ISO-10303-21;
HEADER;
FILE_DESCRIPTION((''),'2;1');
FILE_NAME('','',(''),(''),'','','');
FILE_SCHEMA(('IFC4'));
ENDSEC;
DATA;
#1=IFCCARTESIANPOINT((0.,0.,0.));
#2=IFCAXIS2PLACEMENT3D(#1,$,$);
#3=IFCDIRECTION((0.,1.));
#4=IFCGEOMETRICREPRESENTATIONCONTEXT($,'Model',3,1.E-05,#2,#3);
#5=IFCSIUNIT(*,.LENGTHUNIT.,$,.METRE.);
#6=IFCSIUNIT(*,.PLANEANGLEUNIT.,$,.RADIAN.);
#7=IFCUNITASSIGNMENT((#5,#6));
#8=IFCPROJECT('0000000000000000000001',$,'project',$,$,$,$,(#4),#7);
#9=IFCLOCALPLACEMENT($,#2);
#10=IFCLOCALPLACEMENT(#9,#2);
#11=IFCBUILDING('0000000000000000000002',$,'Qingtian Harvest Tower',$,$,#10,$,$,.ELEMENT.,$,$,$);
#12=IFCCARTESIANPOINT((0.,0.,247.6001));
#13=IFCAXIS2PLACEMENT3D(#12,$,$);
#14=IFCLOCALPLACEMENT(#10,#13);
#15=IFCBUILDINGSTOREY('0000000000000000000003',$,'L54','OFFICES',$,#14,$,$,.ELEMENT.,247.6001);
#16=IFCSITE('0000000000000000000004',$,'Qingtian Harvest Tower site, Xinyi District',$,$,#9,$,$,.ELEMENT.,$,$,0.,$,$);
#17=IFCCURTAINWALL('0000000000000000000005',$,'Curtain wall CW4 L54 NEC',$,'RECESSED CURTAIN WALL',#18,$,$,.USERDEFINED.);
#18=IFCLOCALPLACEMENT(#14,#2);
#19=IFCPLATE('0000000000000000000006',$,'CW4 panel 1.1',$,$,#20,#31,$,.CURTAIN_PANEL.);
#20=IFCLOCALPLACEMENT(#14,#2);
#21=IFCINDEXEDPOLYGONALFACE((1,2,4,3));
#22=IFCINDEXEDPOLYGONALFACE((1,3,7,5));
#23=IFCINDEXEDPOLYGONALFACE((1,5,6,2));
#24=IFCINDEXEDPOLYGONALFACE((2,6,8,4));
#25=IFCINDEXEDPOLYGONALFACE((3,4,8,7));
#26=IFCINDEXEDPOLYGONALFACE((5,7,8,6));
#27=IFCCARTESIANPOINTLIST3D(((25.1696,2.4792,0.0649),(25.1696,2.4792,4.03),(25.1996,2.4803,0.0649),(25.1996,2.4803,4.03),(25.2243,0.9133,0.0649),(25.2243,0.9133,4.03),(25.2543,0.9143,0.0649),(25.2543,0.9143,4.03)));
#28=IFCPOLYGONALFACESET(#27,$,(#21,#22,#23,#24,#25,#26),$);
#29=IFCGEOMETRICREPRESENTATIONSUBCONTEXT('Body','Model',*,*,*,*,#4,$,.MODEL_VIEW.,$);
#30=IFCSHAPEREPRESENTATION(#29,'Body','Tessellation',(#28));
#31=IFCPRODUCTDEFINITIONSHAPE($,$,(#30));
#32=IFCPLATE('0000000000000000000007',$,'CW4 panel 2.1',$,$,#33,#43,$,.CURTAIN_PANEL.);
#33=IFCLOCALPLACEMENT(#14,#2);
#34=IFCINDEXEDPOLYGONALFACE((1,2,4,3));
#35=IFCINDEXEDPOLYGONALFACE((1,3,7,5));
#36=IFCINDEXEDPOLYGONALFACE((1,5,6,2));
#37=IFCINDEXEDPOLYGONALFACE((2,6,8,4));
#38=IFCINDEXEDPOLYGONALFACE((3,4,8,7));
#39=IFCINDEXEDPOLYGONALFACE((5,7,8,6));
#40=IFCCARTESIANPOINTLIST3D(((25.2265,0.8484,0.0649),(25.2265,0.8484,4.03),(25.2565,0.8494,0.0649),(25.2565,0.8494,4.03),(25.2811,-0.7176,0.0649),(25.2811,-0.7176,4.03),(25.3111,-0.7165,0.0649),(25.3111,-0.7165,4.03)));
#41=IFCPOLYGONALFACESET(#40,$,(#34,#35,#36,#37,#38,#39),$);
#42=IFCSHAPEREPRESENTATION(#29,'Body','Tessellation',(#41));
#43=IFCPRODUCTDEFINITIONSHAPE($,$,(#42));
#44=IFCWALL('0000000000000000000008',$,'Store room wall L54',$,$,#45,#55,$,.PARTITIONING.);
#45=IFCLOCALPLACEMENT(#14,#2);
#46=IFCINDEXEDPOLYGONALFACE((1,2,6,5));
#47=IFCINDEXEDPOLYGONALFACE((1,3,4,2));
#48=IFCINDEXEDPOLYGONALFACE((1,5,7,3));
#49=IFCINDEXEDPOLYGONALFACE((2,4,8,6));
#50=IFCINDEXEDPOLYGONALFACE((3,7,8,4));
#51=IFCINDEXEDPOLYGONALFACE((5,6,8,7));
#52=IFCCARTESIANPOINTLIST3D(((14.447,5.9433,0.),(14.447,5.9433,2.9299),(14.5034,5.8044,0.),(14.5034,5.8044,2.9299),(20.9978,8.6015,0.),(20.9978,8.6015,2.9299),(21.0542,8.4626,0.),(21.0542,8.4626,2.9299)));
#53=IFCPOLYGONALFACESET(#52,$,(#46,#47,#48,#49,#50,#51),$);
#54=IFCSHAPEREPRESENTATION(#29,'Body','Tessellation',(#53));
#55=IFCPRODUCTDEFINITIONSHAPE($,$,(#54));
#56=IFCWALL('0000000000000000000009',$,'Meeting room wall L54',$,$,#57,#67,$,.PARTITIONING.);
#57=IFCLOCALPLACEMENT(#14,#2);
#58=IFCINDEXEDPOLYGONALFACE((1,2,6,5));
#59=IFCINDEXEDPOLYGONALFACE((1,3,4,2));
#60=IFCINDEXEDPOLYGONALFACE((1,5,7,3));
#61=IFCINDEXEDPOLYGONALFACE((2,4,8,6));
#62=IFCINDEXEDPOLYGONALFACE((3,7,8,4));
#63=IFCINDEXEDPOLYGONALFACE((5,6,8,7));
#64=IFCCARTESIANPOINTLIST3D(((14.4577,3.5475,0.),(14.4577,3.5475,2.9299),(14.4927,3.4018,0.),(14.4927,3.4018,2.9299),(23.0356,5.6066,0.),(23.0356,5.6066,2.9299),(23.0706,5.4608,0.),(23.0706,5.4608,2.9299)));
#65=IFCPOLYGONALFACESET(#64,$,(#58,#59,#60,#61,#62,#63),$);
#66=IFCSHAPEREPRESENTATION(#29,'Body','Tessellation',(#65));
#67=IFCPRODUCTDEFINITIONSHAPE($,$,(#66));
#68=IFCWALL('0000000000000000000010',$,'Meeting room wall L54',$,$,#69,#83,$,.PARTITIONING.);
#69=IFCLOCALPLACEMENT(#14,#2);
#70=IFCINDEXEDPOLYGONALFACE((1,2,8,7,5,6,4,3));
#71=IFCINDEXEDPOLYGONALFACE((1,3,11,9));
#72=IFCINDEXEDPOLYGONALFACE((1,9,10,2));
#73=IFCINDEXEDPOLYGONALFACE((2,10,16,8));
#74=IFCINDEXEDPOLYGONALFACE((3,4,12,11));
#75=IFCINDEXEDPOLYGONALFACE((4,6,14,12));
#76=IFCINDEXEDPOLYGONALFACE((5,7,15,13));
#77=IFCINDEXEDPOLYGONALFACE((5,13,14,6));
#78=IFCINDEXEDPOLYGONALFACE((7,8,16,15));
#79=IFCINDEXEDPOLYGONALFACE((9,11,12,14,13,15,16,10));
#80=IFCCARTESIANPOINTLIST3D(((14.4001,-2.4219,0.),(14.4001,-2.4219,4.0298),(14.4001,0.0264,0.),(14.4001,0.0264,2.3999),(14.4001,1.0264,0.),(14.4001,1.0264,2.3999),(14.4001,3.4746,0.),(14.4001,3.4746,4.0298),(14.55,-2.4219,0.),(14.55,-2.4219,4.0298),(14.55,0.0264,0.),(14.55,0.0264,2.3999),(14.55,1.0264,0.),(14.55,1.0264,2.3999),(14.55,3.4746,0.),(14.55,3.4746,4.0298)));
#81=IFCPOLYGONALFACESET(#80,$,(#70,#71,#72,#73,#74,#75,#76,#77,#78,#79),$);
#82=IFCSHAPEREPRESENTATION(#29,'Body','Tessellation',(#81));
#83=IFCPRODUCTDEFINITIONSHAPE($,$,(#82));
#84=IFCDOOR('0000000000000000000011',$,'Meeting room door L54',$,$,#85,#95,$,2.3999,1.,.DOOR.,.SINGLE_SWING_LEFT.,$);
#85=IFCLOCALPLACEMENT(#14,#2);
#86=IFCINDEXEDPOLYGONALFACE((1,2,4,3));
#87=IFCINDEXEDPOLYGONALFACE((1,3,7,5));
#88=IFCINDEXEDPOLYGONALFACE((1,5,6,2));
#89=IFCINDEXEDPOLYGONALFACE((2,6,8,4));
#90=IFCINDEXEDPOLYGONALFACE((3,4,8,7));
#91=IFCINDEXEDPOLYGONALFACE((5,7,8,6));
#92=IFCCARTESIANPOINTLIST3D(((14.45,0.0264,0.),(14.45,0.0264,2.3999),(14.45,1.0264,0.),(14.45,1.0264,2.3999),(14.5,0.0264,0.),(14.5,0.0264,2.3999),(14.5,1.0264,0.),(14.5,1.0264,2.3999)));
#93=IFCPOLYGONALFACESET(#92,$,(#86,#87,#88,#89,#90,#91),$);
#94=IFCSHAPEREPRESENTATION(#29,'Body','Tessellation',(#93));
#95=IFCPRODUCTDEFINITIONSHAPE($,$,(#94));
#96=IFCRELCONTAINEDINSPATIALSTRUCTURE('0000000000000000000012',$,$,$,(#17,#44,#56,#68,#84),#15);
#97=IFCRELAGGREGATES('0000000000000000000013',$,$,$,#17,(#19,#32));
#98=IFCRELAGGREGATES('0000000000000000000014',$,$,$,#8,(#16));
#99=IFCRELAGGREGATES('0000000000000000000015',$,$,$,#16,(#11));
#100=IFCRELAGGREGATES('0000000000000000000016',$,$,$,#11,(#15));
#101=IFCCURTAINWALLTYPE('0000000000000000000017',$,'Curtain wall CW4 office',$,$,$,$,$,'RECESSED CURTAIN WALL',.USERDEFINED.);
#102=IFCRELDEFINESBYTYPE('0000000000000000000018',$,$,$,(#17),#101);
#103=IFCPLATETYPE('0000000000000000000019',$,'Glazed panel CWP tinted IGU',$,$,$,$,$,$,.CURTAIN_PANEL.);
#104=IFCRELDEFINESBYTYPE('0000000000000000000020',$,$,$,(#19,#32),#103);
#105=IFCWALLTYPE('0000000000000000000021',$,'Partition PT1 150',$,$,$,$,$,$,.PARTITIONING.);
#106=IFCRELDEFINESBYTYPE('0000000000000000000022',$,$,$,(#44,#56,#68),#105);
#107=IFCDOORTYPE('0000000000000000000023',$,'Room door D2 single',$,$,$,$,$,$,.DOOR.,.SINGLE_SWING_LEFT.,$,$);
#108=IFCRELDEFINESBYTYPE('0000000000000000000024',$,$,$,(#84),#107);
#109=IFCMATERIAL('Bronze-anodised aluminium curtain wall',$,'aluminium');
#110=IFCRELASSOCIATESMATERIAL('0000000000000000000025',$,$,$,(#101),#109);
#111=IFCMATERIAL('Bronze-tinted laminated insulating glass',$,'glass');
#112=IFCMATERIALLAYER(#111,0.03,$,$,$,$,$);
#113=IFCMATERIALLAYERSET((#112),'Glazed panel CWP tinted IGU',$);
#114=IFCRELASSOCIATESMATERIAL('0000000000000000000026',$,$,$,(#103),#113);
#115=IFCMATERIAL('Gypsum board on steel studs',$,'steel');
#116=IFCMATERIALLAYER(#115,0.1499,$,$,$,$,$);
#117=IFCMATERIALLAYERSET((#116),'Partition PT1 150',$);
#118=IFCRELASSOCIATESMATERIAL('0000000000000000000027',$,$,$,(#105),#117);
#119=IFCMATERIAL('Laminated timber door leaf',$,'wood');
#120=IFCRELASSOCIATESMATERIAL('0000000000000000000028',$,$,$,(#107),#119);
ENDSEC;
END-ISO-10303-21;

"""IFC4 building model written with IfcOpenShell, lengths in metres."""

from ifc_helpers import new_model, si_unit, direction, frame, frame_2d, origin, origin_2d, place, context, subcontext, project, spatial, rectangle, extrude, material, layer, layer_set, type_object, element, fill, aggregate, save


model = new_model("IFC4")

# Units and contexts
model_context = context("Model", 3, precision=1e-05, world=origin(), true_north=direction((0.0, 1.0)))
body_context = subcontext(model_context, "Body", "Model", "MODEL_VIEW")
ifc_project = project(units=[si_unit("LENGTHUNIT", "METRE"), si_unit("PLANEANGLEUNIT", "RADIAN")], contexts=[model_context])

# Site, building, storey
site_placement = place(None, origin())
site = spatial("IfcSite", under=ifc_project, at=site_placement, Name="Qingtian Harvest Tower site, Xinyi District", CompositionType="ELEMENT", RefElevation=0.0)
building_placement = place(site_placement, origin())
building = spatial("IfcBuilding", under=site, at=building_placement, Name="Qingtian Harvest Tower", CompositionType="ELEMENT")
storey_placement = place(building_placement, frame((0.0, 0.0, 247.6001)))
storey = spatial("IfcBuildingStorey", under=building, at=storey_placement, Name="L54", Description="OFFICES", CompositionType="ELEMENT", Elevation=247.6001)

# Curtain wall
ifc_material_1 = material(Name="Bronze-anodised aluminium curtain wall", Category="aluminium")
curtain_wall_type = type_object("IfcCurtainWallType", Name="Curtain wall CW4 office", ElementType="RECESSED CURTAIN WALL", PredefinedType="USERDEFINED", material=ifc_material_1)
curtain_wall_1_placement = place(storey_placement, origin())
curtain_wall_1 = element("IfcCurtainWall", 1, at=curtain_wall_1_placement, inside=storey, type_object=curtain_wall_type, Name="Curtain wall CW4 L54 NEC", ObjectType="RECESSED CURTAIN WALL", PredefinedType="USERDEFINED")

# Plates
ifc_material_2 = material(Name="Bronze-tinted laminated insulating glass", Category="glass")
ifc_layer_1 = layer(ifc_material_2, 0.03)
ifc_layer_set_1 = layer_set([ifc_layer_1], Name="Glazed panel CWP tinted IGU")
plate_type = type_object("IfcPlateType", Name="Glazed panel CWP tinted IGU", PredefinedType="CURTAIN_PANEL", material=ifc_layer_set_1)
plate_1_placement = place(storey_placement, frame((25.2119, 1.6968, 0.0649), z_axis=(0.0, 0.0, 1.0), x_axis=(0.034899, -0.999391, 0.0)))
plate_1 = element("IfcPlate", 2, at=plate_1_placement, type_object=plate_type, Name="CW4 panel 1.1", PredefinedType="CURTAIN_PANEL", context=body_context, shape_type="SweptSolid", body=[
    extrude(rectangle(XDim=1.5669, YDim=0.03, at=origin_2d()), origin(), (0.0, 0.0, 1.0), 3.9651),
])
plate_2_placement = place(storey_placement, frame((25.2688, 0.0659, 0.0649), z_axis=(0.0, 0.0, 1.0), x_axis=(0.034899, -0.999391, 0.0)))
plate_2 = element("IfcPlate", 3, at=plate_2_placement, type_object=plate_type, Name="CW4 panel 2.1", PredefinedType="CURTAIN_PANEL", context=body_context, shape_type="SweptSolid", body=[
    extrude(rectangle(XDim=1.5669, YDim=0.03, at=origin_2d()), origin(), (0.0, 0.0, 1.0), 3.9651),
])
aggregate(curtain_wall_1, [plate_1, plate_2])

# Shared definitions
ifc_material_3 = material(Name="Gypsum board on steel studs", Category="steel")
ifc_layer_2 = layer(ifc_material_3, 0.1499)
ifc_layer_set_2 = layer_set([ifc_layer_2], Name="Partition PT1 150")
wall_type = type_object("IfcWallType", Name="Partition PT1 150", PredefinedType="PARTITIONING", material=ifc_layer_set_2)
ifc_material_4 = material(Name="Laminated timber door leaf", Category="wood")
door_type = type_object("IfcDoorType", Name="Room door D2 single", OperationType="SINGLE_SWING_LEFT", PredefinedType="DOOR", material=ifc_material_4)

# Wall
wall_1_placement = place(storey_placement, frame((21.0259, 8.532, 0.0), z_axis=(0.0, 0.0, 1.0), x_axis=(-0.926617, -0.376006, 0.0)))
element("IfcWall", 4, at=wall_1_placement, inside=storey, type_object=wall_type, Name="Store room wall L54", PredefinedType="PARTITIONING", context=body_context, shape_type="SweptSolid", body=[
    extrude(rectangle(XDim=7.0696, YDim=0.1499, at=frame_2d((3.5347, 0.0))), origin(), (0.0, 0.0, 1.0), 2.9299),
])

# Wall
wall_2_placement = place(storey_placement, frame((23.053, 5.5337, 0.0), z_axis=(0.0, 0.0, 1.0), x_axis=(-0.972377, -0.233415, 0.0)))
element("IfcWall", 5, at=wall_2_placement, inside=storey, type_object=wall_type, Name="Meeting room wall L54", PredefinedType="PARTITIONING", context=body_context, shape_type="SweptSolid", body=[
    extrude(rectangle(XDim=8.8215, YDim=0.1499, at=frame_2d((4.4106, 0.0))), origin(), (0.0, 0.0, 1.0), 2.9299),
])

# Wall, opening, door
wall_3_placement = place(storey_placement, frame((14.4751, 3.4746, 0.0), z_axis=(0.0, 0.0, 1.0), x_axis=(0.0, -1.0, 0.0)))
wall_3 = element("IfcWall", 6, at=wall_3_placement, inside=storey, type_object=wall_type, Name="Meeting room wall L54", PredefinedType="PARTITIONING", context=body_context, shape_type="SweptSolid", body=[
    extrude(rectangle(XDim=5.8965, YDim=0.1499, at=frame_2d((2.9482, 0.0))), origin(), (0.0, 0.0, 1.0), 4.0298),
])
opening_1_placement = place(wall_3_placement, frame((2.4482, 0.0, 0.0)))
opening_1 = element("IfcOpeningElement", 7, at=opening_1_placement, cuts=wall_3, PredefinedType="OPENING", context=body_context, shape_type="SweptSolid", body=[
    extrude(rectangle(XDim=1.0, YDim=2.3999, at=frame_2d((0.5, 1.2))), frame((0.0, 0.085, 0.0), z_axis=(0.0, -1.0, 0.0), x_axis=(1.0, 0.0, 0.0)), (0.0, 0.0, 1.0), 0.1699),
])
door_1_placement = place(opening_1_placement, origin())
door_1 = element("IfcDoor", 8, at=door_1_placement, inside=storey, type_object=door_type, Name="Meeting room door L54", OperationType="SINGLE_SWING_LEFT", OverallHeight=2.3999, OverallWidth=1.0, PredefinedType="DOOR", context=body_context, shape_type="SweptSolid", body=[
    extrude(rectangle(XDim=1.0, YDim=2.3999, at=frame_2d((0.5, 1.2))), frame((0.0, 0.0249, 0.0), z_axis=(0.0, -1.0, 0.0), x_axis=(1.0, 0.0, 0.0)), (0.0, 0.0, 1.0), 0.05),
])
fill(opening_1, door_1)

save(model, "model.ifc")
